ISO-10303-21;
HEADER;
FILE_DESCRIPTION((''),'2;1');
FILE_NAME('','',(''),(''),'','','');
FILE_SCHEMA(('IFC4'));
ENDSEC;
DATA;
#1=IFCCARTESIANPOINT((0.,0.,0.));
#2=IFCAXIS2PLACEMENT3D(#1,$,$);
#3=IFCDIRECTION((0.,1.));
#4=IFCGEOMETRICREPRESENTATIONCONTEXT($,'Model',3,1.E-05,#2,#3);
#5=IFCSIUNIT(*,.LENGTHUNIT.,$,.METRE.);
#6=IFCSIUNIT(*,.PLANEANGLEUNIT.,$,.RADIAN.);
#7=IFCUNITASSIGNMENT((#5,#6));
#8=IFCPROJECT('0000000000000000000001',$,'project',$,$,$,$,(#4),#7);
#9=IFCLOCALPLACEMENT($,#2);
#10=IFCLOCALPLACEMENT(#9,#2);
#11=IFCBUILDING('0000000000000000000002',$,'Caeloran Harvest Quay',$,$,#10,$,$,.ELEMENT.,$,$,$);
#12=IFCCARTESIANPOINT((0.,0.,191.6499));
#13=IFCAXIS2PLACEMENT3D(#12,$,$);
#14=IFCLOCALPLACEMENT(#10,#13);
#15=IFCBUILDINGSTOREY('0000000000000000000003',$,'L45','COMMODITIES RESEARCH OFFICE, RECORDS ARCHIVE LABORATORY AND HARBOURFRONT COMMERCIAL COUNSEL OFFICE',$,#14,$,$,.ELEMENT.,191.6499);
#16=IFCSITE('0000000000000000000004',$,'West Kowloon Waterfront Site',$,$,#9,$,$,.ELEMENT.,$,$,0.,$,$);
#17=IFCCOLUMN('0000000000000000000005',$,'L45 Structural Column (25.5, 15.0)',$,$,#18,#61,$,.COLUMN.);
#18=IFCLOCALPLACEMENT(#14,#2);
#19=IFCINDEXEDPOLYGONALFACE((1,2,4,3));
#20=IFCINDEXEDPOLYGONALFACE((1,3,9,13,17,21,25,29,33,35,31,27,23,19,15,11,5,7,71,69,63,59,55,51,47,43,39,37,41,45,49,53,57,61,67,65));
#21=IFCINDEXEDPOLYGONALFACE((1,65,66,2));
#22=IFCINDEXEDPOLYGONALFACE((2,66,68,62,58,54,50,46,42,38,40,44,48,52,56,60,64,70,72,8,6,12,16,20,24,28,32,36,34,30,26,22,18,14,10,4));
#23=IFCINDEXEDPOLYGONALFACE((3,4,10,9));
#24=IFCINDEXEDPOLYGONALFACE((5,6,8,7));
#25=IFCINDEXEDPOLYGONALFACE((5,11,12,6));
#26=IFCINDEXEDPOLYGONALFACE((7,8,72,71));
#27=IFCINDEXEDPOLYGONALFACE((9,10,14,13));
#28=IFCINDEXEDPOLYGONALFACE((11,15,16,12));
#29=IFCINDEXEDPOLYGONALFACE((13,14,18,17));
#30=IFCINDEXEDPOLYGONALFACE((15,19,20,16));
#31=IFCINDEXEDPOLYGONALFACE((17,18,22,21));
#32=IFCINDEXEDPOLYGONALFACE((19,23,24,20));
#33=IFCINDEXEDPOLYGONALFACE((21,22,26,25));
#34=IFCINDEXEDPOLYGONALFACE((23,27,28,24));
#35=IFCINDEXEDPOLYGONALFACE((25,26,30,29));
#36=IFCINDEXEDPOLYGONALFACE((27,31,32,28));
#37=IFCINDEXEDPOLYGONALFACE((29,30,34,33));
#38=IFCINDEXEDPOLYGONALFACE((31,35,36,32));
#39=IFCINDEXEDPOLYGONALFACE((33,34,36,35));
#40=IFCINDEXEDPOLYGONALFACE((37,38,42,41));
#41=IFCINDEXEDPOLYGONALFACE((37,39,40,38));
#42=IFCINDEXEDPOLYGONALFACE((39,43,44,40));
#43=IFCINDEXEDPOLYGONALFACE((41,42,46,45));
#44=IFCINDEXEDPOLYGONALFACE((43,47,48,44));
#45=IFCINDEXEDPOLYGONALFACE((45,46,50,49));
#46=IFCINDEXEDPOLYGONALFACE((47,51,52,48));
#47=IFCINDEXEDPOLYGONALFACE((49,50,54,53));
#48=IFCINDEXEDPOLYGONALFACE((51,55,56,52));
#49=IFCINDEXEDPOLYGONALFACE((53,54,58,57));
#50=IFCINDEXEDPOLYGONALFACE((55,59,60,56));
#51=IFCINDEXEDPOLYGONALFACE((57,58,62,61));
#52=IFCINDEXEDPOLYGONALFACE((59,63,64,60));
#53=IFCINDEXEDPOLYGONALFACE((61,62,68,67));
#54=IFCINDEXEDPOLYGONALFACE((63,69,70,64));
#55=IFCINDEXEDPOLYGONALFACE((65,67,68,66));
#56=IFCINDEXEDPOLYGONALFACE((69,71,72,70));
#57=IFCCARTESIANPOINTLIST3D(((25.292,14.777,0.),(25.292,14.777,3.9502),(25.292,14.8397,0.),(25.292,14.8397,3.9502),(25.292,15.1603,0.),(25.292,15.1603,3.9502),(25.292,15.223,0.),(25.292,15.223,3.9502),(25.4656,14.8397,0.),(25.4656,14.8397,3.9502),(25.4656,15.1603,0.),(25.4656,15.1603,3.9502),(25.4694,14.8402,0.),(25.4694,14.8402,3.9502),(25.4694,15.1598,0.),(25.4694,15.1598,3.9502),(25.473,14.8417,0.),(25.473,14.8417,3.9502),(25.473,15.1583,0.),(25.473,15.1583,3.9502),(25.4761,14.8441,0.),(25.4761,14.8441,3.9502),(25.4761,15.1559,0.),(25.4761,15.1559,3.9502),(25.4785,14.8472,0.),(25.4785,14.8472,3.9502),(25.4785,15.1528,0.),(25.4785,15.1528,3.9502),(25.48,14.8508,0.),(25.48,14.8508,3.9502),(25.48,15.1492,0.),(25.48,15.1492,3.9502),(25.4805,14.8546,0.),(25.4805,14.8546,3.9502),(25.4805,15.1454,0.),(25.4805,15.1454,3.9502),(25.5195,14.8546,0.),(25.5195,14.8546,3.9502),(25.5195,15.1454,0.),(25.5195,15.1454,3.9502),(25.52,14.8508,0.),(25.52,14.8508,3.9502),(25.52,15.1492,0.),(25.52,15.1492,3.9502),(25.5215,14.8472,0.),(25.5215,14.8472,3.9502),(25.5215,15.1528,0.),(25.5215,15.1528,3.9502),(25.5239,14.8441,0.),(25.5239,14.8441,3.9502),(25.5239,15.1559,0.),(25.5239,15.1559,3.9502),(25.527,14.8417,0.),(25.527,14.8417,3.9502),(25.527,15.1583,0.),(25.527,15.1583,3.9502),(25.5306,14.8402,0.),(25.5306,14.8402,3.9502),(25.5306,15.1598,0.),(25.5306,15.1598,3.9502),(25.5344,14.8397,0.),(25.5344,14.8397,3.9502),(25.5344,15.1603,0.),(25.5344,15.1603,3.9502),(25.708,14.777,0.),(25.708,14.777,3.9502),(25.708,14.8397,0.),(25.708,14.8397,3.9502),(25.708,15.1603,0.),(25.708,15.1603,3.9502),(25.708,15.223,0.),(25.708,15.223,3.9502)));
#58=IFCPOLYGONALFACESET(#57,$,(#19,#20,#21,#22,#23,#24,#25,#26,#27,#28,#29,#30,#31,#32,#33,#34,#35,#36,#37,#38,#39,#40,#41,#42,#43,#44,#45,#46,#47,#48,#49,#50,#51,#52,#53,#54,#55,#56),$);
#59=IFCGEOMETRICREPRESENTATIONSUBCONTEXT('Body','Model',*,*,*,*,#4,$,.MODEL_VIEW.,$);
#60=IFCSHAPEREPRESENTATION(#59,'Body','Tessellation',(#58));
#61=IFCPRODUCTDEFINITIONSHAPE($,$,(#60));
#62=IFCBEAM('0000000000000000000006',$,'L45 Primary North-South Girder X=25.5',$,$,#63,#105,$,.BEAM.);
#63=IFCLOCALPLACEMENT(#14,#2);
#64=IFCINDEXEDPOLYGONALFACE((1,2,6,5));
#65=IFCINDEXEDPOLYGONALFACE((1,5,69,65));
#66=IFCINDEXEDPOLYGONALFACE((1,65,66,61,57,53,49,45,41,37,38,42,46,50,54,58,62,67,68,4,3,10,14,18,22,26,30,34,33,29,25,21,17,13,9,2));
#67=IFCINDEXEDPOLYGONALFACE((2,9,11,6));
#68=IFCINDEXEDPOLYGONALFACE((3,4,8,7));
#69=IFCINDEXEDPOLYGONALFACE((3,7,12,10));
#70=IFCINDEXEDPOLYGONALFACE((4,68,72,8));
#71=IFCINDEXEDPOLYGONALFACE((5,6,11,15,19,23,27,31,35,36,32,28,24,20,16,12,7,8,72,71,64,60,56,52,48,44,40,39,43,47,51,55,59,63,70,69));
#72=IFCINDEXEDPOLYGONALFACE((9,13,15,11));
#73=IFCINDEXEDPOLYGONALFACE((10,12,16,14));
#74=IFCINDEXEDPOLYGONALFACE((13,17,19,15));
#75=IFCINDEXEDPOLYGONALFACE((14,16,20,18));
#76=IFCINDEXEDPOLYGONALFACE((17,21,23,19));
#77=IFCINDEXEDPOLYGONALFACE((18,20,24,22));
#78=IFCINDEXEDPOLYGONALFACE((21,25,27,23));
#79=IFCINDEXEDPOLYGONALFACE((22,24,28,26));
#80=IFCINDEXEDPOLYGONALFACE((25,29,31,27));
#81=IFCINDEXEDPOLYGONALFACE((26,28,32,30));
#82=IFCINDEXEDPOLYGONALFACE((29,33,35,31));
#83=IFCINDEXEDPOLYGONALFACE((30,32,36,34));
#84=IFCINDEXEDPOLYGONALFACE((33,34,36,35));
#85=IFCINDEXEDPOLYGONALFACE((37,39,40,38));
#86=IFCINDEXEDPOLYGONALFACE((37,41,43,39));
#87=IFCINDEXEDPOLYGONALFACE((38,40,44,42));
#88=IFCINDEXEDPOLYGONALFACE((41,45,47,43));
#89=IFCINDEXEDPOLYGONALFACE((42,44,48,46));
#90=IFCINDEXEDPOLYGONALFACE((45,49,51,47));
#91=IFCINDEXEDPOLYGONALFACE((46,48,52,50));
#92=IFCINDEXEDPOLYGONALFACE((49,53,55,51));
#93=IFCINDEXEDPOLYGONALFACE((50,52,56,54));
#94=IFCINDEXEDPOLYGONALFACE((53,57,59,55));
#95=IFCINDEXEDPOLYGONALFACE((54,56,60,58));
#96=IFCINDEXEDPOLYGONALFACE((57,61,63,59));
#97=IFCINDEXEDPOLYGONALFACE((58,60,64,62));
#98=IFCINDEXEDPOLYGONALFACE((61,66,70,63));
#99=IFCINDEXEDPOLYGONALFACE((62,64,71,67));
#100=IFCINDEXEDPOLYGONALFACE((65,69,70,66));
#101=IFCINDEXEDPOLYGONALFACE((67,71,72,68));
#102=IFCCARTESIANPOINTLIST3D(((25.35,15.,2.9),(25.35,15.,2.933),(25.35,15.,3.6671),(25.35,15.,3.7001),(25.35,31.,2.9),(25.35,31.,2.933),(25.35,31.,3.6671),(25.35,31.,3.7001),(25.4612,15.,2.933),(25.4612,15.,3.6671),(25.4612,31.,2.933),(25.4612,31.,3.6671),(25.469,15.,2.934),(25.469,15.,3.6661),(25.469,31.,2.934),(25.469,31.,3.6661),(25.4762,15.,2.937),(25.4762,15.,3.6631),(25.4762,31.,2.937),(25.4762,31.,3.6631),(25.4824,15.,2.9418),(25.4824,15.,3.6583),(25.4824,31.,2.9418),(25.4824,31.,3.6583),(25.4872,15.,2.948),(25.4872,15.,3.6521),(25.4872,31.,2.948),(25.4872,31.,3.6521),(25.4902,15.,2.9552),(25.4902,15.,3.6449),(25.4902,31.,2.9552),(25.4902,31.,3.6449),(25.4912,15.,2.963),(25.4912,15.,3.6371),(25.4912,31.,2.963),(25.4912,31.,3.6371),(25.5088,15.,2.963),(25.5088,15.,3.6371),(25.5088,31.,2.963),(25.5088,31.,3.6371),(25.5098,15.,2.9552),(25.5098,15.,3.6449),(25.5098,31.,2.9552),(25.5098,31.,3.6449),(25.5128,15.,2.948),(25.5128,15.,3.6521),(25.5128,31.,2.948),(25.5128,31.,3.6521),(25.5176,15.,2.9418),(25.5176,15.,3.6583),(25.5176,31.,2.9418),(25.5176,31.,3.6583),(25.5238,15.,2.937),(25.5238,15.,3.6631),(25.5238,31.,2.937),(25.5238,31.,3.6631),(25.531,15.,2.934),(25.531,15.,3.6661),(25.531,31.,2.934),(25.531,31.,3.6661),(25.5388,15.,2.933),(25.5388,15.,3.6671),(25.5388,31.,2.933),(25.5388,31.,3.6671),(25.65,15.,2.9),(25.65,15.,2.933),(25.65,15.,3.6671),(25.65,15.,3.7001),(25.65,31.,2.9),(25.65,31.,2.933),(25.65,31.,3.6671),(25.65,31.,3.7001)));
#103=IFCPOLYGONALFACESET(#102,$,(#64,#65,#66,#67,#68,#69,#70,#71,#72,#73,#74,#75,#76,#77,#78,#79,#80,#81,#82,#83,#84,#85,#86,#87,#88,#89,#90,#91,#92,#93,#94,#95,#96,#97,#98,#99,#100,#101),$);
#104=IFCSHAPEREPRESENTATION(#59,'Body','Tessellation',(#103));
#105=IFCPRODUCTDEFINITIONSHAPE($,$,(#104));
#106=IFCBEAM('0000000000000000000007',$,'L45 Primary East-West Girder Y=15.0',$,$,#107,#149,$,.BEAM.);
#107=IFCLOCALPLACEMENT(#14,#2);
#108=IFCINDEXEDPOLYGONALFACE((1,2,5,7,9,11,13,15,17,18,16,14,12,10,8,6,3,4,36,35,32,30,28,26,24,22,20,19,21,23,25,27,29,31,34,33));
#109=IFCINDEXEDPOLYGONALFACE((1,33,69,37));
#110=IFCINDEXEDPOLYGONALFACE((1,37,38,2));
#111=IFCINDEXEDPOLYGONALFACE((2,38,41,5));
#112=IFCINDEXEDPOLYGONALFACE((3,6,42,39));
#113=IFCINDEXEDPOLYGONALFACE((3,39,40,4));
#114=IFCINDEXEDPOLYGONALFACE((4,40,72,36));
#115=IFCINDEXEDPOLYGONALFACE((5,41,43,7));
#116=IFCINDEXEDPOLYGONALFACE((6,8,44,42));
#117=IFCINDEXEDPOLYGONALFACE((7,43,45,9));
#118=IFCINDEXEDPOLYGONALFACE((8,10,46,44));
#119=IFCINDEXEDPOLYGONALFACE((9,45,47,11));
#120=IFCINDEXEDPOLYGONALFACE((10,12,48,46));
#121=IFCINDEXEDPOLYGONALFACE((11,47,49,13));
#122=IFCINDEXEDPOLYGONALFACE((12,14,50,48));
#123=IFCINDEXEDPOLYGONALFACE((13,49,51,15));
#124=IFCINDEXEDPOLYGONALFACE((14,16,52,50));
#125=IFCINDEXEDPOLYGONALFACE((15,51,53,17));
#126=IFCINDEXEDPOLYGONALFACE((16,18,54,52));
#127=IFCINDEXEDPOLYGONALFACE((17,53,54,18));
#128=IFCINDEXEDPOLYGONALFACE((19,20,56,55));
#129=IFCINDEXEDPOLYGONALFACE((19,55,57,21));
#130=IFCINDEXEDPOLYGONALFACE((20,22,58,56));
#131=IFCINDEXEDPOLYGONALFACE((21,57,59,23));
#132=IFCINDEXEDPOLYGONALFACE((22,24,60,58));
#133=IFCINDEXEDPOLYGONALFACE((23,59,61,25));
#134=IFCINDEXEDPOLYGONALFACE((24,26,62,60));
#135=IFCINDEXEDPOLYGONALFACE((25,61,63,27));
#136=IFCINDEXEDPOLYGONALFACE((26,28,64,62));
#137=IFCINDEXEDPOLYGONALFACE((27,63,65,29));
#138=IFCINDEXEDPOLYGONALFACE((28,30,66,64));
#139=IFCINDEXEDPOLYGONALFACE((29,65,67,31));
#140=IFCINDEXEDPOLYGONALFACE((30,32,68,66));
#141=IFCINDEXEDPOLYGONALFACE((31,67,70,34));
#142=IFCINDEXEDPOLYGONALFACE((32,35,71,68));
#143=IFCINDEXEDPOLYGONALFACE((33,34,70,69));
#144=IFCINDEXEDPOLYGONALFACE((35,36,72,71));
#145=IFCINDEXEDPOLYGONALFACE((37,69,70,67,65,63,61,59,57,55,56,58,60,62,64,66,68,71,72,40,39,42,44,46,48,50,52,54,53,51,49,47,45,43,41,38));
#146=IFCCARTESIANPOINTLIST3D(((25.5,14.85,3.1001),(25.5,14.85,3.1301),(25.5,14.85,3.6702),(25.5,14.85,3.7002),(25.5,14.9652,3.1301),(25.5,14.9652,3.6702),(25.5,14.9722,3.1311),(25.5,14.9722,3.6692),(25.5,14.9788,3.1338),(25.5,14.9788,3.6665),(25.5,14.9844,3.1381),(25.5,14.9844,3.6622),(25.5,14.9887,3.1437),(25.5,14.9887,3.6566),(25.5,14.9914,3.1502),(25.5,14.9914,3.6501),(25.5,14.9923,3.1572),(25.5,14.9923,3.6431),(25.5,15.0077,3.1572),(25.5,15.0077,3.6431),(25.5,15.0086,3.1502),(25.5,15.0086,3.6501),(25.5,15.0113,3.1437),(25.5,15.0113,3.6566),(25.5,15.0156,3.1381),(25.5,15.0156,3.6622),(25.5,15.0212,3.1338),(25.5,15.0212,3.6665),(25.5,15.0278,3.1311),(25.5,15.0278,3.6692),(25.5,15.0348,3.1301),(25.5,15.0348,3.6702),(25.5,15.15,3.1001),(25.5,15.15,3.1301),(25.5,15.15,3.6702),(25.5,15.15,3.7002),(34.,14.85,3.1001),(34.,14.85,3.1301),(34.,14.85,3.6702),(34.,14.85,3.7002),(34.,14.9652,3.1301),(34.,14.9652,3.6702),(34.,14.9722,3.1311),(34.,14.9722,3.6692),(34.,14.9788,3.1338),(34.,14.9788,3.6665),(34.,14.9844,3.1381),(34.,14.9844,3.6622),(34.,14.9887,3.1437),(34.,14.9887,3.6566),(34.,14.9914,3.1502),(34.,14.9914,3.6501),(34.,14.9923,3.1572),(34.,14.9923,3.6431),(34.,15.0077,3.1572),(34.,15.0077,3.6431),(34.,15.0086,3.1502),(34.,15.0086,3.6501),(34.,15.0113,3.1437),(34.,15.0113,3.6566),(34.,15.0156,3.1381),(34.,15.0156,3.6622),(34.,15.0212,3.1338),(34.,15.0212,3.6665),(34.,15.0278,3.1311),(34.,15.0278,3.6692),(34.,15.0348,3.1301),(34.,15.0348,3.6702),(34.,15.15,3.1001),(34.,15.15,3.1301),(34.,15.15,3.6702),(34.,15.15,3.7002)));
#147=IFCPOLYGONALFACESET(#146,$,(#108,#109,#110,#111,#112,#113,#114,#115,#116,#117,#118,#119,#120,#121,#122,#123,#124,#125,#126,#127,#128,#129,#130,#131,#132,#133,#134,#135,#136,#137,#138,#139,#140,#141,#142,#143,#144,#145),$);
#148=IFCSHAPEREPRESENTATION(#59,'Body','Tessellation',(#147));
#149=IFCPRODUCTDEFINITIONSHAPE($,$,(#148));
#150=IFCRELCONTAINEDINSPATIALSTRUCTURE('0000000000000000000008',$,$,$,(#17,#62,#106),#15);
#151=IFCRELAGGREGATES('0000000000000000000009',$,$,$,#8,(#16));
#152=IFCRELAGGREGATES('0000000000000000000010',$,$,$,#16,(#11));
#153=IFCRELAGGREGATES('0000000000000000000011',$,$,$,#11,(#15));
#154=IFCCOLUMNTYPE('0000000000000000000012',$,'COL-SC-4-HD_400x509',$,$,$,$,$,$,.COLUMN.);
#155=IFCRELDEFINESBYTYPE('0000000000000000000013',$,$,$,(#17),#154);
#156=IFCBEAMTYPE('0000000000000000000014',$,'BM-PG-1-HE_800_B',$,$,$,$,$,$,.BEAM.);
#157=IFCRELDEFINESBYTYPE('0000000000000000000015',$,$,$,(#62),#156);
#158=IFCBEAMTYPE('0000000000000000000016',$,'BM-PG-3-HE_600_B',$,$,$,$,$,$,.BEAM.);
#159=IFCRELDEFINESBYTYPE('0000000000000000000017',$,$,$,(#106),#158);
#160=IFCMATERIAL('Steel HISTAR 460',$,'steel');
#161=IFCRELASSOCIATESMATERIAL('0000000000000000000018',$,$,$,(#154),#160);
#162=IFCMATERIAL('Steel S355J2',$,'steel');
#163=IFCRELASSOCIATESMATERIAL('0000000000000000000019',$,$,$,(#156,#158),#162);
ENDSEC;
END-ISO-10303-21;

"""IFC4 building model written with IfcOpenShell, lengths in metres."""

from ifc_helpers import new_model, si_unit, direction, frame, origin, origin_2d, place, context, subcontext, project, spatial, i_section, extrude, material, material_profile, profile_set, type_object, element, save


model = new_model("IFC4")

# Units and contexts
model_context = context("Model", 3, precision=1e-05, world=origin(), true_north=direction((0.0, 1.0)))
body_context = subcontext(model_context, "Body", "Model", "MODEL_VIEW")
ifc_project = project(units=[si_unit("LENGTHUNIT", "METRE"), si_unit("PLANEANGLEUNIT", "RADIAN")], contexts=[model_context])

# Site, building, storey
site_placement = place(None, origin())
site = spatial("IfcSite", under=ifc_project, at=site_placement, Name="West Kowloon Waterfront Site", CompositionType="ELEMENT", RefElevation=0.0)
building_placement = place(site_placement, origin())
building = spatial("IfcBuilding", under=site, at=building_placement, Name="Caeloran Harvest Quay", CompositionType="ELEMENT")
storey_placement = place(building_placement, frame((0.0, 0.0, 191.6499)))
storey = spatial("IfcBuildingStorey", under=building, at=storey_placement, Name="L45", Description="COMMODITIES RESEARCH OFFICE, RECORDS ARCHIVE LABORATORY AND HARBOURFRONT COMMERCIAL COUNSEL OFFICE", CompositionType="ELEMENT", Elevation=191.6499)

# Column
ifc_material_1 = material(Name="Steel HISTAR 460", Category="steel")
ifc_material_profile_1 = material_profile(ifc_material_1, i_section(OverallWidth=0.416, OverallDepth=0.446, WebThickness=0.0391, FlangeThickness=0.0627, FilletRadius=0.0149, at=origin_2d()), Name="HD 400x509")
ifc_profile_set_1 = profile_set([ifc_material_profile_1], Name="Steel HISTAR 460")
column_type = type_object("IfcColumnType", Name="COL-SC-4-HD_400x509", PredefinedType="COLUMN", material=ifc_profile_set_1)
column_placement = place(storey_placement, frame((25.5, 15.0, 0.0), z_axis=(0.0, 0.0, 1.0), x_axis=(1.0, 0.0, 0.0)))
element("IfcColumn", 1, at=column_placement, inside=storey, type_object=column_type, Name="L45 Structural Column (25.5, 15.0)", PredefinedType="COLUMN", context=body_context, shape_type="SweptSolid", body=[
    extrude(i_section(OverallWidth=0.416, OverallDepth=0.446, WebThickness=0.0391, FlangeThickness=0.0627, FilletRadius=0.0149, at=origin_2d()), origin(), (0.0, 0.0, 1.0), 3.9502),
])

# Beams
ifc_material_2 = material(Name="Steel S355J2", Category="steel")
ifc_material_profile_2 = material_profile(ifc_material_2, i_section(OverallWidth=0.3, OverallDepth=0.8, WebThickness=0.0176, FlangeThickness=0.033, FilletRadius=0.03, at=origin_2d()), Name="HE 800 B")
ifc_profile_set_2 = profile_set([ifc_material_profile_2], Name="Steel S355J2")
beam_type_1 = type_object("IfcBeamType", Name="BM-PG-1-HE_800_B", PredefinedType="BEAM", material=ifc_profile_set_2)
beam_1_placement = place(storey_placement, frame((25.5, 15.0, 3.3), z_axis=(0.0, 1.0, 0.0), x_axis=(-1.0, 0.0, 0.0)))
element("IfcBeam", 2, at=beam_1_placement, inside=storey, type_object=beam_type_1, Name="L45 Primary North-South Girder X=25.5", PredefinedType="BEAM", context=body_context, shape_type="SweptSolid", body=[
    extrude(i_section(OverallWidth=0.3, OverallDepth=0.8, WebThickness=0.0176, FlangeThickness=0.033, FilletRadius=0.03, at=origin_2d()), origin(), (0.0, 0.0, 1.0), 16.0),
])
ifc_material_profile_3 = material_profile(ifc_material_2, i_section(OverallWidth=0.3, OverallDepth=0.6001, WebThickness=0.0154, FlangeThickness=0.03, FilletRadius=0.0271, at=origin_2d()), Name="HE 600 B")
ifc_profile_set_3 = profile_set([ifc_material_profile_3], Name="Steel S355J2")
beam_type_2 = type_object("IfcBeamType", Name="BM-PG-3-HE_600_B", PredefinedType="BEAM", material=ifc_profile_set_3)
beam_2_placement = place(storey_placement, frame((25.5, 15.0, 3.4001), z_axis=(1.0, 0.0, 0.0), x_axis=(0.0, 1.0, 0.0)))
element("IfcBeam", 3, at=beam_2_placement, inside=storey, type_object=beam_type_2, Name="L45 Primary East-West Girder Y=15.0", PredefinedType="BEAM", context=body_context, shape_type="SweptSolid", body=[
    extrude(i_section(OverallWidth=0.3, OverallDepth=0.6001, WebThickness=0.0154, FlangeThickness=0.03, FilletRadius=0.0271, at=origin_2d()), origin(), (0.0, 0.0, 1.0), 8.5),
])

save(model, "model.ifc")
